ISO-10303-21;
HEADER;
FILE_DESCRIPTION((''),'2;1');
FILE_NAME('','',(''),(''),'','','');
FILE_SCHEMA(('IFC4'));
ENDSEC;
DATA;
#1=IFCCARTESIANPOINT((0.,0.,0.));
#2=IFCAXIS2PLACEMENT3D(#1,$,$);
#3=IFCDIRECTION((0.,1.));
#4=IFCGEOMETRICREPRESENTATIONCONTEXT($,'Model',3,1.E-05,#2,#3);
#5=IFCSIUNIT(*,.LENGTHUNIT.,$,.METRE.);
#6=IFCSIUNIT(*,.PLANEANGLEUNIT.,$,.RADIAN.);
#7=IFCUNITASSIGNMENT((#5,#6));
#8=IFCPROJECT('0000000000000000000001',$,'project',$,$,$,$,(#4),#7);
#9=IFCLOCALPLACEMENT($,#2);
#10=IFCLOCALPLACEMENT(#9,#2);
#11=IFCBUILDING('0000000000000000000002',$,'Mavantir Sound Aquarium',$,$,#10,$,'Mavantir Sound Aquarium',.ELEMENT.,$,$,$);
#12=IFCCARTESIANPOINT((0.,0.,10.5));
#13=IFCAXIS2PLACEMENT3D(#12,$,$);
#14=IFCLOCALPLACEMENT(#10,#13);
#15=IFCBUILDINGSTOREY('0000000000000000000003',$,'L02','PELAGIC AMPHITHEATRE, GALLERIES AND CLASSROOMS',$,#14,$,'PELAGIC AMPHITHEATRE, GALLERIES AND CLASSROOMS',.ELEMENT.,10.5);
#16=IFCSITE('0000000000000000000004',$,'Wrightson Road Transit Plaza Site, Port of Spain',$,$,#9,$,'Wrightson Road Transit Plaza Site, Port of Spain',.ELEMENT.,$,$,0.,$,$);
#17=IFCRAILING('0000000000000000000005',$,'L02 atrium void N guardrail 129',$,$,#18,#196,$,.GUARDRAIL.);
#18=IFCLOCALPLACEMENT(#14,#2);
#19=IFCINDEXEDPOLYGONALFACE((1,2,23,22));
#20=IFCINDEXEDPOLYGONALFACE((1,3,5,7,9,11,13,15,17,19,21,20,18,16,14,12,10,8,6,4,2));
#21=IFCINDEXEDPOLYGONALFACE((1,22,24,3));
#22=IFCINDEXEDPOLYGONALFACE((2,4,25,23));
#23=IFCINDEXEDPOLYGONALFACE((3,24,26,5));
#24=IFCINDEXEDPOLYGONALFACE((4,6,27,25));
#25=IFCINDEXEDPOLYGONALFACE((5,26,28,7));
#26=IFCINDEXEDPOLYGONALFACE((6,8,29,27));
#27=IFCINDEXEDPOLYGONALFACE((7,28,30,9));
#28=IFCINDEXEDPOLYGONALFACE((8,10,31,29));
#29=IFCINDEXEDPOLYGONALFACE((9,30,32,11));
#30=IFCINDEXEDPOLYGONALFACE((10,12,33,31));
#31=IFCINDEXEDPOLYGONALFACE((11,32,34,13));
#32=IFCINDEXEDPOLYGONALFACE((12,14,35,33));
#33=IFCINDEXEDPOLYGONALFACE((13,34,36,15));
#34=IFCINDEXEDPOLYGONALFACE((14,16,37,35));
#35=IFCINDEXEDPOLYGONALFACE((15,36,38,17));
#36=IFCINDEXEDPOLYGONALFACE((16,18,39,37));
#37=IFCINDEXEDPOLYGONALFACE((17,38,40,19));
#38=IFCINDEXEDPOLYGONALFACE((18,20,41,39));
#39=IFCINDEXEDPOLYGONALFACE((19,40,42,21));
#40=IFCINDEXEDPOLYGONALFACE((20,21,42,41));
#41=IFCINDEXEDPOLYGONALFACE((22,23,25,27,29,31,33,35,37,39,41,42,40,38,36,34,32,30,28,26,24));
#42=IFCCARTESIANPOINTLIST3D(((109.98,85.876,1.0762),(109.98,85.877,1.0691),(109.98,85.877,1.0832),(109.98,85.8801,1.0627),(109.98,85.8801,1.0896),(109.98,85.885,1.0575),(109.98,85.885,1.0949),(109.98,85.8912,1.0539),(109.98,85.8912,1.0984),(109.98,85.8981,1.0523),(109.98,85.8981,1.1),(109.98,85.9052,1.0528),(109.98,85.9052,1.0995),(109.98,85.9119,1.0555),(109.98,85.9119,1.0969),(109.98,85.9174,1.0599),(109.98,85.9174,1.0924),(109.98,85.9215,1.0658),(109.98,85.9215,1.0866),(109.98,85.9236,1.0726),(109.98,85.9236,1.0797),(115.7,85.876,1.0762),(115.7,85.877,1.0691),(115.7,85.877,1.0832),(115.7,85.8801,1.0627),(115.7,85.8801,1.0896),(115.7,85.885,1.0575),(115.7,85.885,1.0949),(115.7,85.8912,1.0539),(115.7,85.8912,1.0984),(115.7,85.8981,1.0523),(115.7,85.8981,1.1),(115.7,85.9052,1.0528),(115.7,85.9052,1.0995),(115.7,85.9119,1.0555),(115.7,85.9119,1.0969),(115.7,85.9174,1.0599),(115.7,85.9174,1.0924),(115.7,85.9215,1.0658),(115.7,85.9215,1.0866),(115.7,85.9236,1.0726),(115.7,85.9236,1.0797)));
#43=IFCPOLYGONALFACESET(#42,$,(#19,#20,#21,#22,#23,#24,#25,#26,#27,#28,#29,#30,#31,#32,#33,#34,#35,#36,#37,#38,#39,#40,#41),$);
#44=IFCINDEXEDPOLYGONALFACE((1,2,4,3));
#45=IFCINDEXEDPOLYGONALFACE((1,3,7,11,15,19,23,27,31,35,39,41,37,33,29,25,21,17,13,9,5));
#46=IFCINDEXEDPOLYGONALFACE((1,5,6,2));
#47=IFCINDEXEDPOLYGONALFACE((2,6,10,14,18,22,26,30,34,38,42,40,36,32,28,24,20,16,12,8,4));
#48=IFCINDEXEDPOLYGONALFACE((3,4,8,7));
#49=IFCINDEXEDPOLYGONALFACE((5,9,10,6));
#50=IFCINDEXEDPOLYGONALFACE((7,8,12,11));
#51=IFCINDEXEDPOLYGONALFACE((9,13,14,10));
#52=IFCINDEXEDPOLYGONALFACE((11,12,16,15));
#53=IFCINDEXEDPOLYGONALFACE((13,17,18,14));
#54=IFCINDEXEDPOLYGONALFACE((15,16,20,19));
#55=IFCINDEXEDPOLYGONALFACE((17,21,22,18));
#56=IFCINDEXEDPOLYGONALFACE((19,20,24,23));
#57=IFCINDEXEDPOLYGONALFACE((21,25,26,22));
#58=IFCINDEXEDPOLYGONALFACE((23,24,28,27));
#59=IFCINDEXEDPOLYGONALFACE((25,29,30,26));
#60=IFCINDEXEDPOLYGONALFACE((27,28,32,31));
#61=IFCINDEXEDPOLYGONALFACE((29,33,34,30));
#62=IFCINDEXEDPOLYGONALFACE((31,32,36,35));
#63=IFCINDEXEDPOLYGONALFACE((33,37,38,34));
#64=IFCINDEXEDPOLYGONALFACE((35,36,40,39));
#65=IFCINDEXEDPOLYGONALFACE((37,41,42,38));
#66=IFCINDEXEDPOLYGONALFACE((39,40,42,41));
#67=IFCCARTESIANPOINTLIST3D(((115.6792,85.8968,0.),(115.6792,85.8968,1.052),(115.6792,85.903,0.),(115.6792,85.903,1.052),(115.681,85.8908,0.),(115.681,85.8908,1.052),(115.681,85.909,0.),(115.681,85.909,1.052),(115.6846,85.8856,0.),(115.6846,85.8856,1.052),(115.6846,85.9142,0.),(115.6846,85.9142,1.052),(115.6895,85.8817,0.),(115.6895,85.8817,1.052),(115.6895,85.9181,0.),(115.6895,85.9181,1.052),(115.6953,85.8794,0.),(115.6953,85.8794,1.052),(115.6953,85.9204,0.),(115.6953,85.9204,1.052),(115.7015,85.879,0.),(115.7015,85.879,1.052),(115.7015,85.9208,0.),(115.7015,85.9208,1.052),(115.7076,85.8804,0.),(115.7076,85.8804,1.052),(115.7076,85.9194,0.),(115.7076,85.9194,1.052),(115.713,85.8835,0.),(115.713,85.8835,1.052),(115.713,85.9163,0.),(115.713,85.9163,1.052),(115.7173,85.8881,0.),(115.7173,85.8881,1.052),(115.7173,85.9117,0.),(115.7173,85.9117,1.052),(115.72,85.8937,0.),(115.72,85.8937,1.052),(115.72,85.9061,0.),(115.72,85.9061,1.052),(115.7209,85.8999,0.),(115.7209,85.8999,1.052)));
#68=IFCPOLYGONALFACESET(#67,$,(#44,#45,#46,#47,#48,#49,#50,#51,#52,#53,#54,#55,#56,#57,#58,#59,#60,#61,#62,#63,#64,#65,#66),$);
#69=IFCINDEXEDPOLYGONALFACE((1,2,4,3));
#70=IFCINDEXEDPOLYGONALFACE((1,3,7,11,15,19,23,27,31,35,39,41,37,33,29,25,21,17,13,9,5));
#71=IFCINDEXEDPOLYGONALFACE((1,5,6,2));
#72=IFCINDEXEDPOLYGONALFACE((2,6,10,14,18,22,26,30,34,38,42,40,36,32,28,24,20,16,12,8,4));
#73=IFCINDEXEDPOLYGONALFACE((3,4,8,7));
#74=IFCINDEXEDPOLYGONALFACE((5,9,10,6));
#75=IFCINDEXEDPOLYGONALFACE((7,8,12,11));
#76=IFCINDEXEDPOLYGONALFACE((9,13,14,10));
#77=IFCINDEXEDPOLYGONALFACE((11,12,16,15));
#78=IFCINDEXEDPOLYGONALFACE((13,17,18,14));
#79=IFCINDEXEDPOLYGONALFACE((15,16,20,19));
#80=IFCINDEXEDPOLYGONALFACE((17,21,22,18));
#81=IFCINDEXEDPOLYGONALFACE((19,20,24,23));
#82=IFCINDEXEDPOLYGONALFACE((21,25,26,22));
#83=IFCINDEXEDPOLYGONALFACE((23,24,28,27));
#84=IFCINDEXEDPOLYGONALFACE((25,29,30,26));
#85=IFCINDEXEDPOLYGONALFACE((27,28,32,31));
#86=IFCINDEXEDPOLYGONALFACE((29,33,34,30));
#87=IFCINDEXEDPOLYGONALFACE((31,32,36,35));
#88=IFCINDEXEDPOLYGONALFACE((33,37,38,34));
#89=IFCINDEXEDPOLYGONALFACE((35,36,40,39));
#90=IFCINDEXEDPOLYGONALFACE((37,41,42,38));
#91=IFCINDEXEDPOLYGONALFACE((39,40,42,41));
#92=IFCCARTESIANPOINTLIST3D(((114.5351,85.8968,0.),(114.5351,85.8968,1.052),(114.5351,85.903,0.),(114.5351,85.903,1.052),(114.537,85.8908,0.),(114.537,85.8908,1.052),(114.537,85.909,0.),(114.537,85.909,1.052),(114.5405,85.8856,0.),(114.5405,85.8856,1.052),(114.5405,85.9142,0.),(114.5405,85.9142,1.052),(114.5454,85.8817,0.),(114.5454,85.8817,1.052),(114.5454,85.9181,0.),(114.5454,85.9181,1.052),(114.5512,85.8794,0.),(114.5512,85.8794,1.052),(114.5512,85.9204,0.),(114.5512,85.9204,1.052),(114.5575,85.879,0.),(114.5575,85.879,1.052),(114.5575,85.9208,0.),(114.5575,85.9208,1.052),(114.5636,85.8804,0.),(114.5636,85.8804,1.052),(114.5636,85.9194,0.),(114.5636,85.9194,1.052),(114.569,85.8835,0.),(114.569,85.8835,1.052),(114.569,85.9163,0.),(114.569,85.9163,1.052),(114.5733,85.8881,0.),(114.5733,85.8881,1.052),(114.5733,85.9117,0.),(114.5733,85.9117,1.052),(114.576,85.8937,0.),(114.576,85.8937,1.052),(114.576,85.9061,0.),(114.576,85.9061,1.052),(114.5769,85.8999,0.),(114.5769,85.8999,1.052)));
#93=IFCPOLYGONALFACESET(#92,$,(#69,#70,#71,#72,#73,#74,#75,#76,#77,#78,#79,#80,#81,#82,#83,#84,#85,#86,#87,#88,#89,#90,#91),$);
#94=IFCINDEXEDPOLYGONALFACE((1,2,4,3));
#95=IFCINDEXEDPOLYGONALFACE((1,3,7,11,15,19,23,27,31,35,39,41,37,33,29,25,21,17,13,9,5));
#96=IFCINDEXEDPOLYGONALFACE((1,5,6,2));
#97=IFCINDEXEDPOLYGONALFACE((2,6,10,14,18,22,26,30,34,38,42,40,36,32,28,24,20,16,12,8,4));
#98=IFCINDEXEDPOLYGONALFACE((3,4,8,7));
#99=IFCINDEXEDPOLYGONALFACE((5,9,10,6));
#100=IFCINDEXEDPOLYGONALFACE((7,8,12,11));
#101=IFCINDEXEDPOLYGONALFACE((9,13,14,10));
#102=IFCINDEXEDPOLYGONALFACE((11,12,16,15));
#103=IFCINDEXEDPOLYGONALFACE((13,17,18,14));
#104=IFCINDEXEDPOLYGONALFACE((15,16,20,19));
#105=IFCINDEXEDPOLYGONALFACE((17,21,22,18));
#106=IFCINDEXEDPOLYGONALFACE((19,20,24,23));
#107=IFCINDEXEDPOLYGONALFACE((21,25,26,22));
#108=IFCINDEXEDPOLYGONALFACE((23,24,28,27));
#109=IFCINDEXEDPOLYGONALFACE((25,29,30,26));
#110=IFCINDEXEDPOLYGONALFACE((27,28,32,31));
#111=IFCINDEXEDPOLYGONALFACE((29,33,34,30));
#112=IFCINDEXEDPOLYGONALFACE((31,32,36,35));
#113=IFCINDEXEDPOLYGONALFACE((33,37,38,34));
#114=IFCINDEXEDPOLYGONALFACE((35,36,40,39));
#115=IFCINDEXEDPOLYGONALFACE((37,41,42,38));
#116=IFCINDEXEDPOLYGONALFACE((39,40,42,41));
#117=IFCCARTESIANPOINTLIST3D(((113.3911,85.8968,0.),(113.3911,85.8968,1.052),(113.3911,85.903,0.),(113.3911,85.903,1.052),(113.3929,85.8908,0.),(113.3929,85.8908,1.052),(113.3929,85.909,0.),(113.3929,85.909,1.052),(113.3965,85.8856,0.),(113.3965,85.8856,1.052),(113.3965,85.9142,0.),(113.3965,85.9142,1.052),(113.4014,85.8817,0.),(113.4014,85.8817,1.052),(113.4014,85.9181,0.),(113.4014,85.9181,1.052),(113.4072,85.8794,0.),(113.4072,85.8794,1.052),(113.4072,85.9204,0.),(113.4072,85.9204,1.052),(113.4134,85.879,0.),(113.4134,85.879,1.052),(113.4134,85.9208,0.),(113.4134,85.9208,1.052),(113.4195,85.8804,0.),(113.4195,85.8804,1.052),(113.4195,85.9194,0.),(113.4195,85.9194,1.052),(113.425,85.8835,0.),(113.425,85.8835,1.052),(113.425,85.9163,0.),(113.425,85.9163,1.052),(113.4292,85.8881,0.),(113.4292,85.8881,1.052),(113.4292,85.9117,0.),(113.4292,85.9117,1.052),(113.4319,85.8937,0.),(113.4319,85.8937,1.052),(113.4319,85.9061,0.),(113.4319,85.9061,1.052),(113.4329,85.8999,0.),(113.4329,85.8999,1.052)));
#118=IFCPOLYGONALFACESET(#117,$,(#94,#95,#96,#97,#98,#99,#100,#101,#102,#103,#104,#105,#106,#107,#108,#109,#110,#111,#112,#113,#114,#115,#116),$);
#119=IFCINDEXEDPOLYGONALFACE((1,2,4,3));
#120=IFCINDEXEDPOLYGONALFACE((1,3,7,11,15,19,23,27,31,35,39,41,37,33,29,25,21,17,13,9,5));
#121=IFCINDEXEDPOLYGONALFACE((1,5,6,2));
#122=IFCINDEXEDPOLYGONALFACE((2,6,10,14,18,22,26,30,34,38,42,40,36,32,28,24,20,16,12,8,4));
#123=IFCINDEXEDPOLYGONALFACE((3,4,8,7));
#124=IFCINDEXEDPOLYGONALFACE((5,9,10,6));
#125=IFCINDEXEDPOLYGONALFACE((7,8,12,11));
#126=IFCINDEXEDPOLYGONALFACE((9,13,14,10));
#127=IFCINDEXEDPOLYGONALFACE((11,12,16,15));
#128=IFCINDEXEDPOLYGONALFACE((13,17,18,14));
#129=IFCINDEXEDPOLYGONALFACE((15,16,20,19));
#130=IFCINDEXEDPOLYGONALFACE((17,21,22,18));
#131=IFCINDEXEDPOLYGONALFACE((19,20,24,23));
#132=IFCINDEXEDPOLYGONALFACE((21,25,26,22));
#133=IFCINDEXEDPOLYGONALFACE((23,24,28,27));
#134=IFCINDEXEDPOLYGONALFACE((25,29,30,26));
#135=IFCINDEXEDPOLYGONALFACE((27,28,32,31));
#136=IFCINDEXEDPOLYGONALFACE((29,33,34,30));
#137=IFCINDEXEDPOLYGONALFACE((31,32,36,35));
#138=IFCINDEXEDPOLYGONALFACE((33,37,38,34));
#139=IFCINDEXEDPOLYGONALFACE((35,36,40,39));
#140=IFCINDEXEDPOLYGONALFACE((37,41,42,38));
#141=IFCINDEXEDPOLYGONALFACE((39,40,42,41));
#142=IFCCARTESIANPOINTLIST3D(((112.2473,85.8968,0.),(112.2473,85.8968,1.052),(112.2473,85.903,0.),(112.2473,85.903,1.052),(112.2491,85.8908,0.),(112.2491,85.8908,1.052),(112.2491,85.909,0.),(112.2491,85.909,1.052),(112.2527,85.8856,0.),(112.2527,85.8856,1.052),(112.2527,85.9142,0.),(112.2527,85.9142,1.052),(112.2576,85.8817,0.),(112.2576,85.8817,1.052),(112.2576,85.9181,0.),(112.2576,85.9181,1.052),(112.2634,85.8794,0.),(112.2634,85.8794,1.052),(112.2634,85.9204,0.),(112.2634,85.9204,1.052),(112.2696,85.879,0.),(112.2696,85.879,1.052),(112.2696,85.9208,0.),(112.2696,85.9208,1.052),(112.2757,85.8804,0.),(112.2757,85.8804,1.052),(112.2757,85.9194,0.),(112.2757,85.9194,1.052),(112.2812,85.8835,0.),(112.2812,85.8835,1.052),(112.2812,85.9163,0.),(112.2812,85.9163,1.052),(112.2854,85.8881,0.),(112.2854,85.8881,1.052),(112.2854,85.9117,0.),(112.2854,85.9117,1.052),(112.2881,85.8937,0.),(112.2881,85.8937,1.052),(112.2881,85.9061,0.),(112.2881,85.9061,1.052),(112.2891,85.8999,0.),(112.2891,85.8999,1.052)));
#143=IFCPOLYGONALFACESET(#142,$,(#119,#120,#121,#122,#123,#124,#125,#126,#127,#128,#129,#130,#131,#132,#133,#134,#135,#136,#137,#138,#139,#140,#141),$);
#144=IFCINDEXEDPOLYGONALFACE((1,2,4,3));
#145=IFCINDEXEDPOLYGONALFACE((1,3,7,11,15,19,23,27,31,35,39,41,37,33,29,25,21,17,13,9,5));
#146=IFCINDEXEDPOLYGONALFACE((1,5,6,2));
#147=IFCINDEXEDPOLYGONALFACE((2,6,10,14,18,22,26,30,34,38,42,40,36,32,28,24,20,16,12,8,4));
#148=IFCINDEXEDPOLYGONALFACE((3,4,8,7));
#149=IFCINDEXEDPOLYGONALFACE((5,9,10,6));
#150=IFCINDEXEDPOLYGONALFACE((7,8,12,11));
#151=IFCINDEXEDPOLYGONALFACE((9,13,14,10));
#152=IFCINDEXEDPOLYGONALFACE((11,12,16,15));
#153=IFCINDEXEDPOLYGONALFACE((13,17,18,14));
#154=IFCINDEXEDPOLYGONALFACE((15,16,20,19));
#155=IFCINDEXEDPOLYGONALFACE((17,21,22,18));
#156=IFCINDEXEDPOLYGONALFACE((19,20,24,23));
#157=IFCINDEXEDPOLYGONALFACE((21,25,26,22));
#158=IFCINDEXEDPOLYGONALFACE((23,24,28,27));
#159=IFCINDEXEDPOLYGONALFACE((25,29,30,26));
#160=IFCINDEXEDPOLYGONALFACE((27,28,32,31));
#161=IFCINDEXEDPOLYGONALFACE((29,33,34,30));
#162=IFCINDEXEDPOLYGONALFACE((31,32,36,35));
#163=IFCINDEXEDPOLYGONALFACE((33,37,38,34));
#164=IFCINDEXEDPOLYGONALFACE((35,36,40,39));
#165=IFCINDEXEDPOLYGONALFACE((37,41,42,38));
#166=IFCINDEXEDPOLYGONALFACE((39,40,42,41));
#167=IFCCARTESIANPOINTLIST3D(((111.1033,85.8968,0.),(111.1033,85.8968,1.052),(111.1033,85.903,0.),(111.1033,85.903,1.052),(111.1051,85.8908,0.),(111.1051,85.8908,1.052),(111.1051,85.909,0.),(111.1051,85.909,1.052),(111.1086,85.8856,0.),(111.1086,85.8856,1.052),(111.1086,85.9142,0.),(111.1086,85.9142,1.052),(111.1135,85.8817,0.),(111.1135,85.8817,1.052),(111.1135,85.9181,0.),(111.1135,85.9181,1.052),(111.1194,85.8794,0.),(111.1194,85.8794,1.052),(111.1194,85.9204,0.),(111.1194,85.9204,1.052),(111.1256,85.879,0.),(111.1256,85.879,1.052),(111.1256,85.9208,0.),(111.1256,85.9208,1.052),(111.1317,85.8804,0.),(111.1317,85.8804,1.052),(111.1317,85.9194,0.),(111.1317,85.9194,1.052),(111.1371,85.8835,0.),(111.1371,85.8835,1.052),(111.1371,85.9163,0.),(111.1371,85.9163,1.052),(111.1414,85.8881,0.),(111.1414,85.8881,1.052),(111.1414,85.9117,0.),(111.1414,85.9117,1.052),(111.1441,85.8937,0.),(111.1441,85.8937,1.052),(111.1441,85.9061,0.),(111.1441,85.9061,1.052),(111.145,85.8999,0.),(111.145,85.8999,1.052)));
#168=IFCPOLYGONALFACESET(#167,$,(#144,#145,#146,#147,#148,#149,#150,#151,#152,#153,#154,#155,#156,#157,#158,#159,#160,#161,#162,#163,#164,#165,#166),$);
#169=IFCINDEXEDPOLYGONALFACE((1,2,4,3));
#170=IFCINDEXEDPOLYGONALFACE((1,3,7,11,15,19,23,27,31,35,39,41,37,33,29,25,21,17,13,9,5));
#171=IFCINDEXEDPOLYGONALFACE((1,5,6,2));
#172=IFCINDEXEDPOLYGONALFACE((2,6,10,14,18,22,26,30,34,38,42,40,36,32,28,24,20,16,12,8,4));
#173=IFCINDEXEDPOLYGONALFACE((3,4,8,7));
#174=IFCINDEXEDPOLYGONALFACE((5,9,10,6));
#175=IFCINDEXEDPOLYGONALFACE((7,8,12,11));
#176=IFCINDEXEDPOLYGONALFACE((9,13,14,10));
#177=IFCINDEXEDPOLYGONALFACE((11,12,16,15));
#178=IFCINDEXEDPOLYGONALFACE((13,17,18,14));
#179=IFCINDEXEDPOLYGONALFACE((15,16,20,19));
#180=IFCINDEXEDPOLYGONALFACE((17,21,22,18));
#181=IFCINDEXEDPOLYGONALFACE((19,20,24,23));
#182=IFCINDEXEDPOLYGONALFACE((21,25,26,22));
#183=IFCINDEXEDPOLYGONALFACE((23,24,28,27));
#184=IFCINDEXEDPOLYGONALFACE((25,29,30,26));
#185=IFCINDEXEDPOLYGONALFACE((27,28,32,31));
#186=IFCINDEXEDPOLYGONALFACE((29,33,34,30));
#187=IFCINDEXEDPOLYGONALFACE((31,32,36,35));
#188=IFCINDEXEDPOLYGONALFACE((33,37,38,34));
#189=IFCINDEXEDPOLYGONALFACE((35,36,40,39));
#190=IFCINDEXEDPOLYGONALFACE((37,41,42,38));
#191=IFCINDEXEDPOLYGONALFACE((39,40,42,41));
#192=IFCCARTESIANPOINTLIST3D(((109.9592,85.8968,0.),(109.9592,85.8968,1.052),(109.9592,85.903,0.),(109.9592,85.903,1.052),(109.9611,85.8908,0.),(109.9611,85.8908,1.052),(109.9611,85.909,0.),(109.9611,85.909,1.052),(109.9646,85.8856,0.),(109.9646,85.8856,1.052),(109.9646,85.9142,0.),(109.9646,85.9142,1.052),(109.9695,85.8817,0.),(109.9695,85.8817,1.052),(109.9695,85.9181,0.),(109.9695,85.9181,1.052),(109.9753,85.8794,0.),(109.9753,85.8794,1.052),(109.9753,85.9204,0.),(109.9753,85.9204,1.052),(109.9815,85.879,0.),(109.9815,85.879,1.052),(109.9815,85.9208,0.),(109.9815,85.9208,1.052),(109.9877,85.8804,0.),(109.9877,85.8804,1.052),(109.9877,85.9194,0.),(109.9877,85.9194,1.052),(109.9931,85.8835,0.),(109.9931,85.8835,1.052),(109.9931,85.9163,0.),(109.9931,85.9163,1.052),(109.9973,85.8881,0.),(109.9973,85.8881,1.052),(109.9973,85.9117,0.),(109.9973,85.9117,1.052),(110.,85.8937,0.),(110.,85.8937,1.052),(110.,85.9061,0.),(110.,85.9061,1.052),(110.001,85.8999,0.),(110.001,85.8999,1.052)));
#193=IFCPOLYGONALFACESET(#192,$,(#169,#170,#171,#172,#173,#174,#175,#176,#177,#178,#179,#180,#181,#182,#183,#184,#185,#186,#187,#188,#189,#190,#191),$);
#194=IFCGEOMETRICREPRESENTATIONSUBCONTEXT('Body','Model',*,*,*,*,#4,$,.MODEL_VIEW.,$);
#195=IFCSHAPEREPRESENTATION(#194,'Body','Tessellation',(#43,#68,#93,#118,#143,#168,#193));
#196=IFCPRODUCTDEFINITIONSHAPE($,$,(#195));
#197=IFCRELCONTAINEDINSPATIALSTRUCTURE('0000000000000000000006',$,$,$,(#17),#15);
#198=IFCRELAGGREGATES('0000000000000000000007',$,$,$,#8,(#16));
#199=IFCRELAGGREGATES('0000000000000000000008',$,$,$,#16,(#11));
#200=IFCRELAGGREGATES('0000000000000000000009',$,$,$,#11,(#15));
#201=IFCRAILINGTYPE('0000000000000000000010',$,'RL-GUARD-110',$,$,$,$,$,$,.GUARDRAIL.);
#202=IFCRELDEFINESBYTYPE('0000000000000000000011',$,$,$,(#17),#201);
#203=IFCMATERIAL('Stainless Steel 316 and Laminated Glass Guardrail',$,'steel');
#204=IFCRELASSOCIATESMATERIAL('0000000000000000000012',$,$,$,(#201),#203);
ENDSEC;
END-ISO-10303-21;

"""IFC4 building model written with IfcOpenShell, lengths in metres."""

from ifc_helpers import new_model, si_unit, direction, frame, origin, origin_2d, place, context, subcontext, project, spatial, circle, extrude, material, type_object, element, save


model = new_model("IFC4")

# Units and contexts
model_context = context("Model", 3, precision=1e-05, world=origin(), true_north=direction((0.0, 1.0)))
body_context = subcontext(model_context, "Body", "Model", "MODEL_VIEW")
ifc_project = project(units=[si_unit("LENGTHUNIT", "METRE"), si_unit("PLANEANGLEUNIT", "RADIAN")], contexts=[model_context])

# Site, building, storey
site_placement = place(None, origin())
site = spatial("IfcSite", under=ifc_project, at=site_placement, Name="Wrightson Road Transit Plaza Site, Port of Spain", LongName="Wrightson Road Transit Plaza Site, Port of Spain", CompositionType="ELEMENT", RefElevation=0.0)
building_placement = place(site_placement, origin())
building = spatial("IfcBuilding", under=site, at=building_placement, Name="Mavantir Sound Aquarium", LongName="Mavantir Sound Aquarium", CompositionType="ELEMENT")
storey_placement = place(building_placement, frame((0.0, 0.0, 10.5)))
storey = spatial("IfcBuildingStorey", under=building, at=storey_placement, Name="L02", Description="PELAGIC AMPHITHEATRE, GALLERIES AND CLASSROOMS", LongName="PELAGIC AMPHITHEATRE, GALLERIES AND CLASSROOMS", CompositionType="ELEMENT", Elevation=10.5)

# Railing
ifc_material_1 = material(Name="Stainless Steel 316 and Laminated Glass Guardrail", Category="steel")
railing_type = type_object("IfcRailingType", Name="RL-GUARD-110", PredefinedType="GUARDRAIL", material=ifc_material_1)
railing_1_placement = place(storey_placement, frame((115.7, 85.8999, 0.0)))
element("IfcRailing", 1, at=railing_1_placement, inside=storey, type_object=railing_type, Name="L02 atrium void N guardrail 129", PredefinedType="GUARDRAIL", context=body_context, shape_type="SweptSolid", body=[
    extrude(circle(Radius=0.0239, at=origin_2d()), frame((0.0, 0.0, 1.0762), z_axis=(-1.0, 0.0, 0.0), x_axis=(0.0, -1.0, 0.0)), (0.0, 0.0, 1.0), 5.72),
    extrude(circle(Radius=0.021, at=origin_2d()), origin(), (0.0, 0.0, 1.0), 1.052),
    extrude(circle(Radius=0.021, at=origin_2d()), frame((-1.144, 0.0, 0.0)), (0.0, 0.0, 1.0), 1.052),
    extrude(circle(Radius=0.021, at=origin_2d()), frame((-2.2881, 0.0, 0.0)), (0.0, 0.0, 1.0), 1.052),
    extrude(circle(Radius=0.021, at=origin_2d()), frame((-3.4319, 0.0, 0.0)), (0.0, 0.0, 1.0), 1.052),
    extrude(circle(Radius=0.021, at=origin_2d()), frame((-4.5759, 0.0, 0.0)), (0.0, 0.0, 1.0), 1.052),
    extrude(circle(Radius=0.021, at=origin_2d()), frame((-5.72, 0.0, 0.0)), (0.0, 0.0, 1.0), 1.052),
])

save(model, "model.ifc")
